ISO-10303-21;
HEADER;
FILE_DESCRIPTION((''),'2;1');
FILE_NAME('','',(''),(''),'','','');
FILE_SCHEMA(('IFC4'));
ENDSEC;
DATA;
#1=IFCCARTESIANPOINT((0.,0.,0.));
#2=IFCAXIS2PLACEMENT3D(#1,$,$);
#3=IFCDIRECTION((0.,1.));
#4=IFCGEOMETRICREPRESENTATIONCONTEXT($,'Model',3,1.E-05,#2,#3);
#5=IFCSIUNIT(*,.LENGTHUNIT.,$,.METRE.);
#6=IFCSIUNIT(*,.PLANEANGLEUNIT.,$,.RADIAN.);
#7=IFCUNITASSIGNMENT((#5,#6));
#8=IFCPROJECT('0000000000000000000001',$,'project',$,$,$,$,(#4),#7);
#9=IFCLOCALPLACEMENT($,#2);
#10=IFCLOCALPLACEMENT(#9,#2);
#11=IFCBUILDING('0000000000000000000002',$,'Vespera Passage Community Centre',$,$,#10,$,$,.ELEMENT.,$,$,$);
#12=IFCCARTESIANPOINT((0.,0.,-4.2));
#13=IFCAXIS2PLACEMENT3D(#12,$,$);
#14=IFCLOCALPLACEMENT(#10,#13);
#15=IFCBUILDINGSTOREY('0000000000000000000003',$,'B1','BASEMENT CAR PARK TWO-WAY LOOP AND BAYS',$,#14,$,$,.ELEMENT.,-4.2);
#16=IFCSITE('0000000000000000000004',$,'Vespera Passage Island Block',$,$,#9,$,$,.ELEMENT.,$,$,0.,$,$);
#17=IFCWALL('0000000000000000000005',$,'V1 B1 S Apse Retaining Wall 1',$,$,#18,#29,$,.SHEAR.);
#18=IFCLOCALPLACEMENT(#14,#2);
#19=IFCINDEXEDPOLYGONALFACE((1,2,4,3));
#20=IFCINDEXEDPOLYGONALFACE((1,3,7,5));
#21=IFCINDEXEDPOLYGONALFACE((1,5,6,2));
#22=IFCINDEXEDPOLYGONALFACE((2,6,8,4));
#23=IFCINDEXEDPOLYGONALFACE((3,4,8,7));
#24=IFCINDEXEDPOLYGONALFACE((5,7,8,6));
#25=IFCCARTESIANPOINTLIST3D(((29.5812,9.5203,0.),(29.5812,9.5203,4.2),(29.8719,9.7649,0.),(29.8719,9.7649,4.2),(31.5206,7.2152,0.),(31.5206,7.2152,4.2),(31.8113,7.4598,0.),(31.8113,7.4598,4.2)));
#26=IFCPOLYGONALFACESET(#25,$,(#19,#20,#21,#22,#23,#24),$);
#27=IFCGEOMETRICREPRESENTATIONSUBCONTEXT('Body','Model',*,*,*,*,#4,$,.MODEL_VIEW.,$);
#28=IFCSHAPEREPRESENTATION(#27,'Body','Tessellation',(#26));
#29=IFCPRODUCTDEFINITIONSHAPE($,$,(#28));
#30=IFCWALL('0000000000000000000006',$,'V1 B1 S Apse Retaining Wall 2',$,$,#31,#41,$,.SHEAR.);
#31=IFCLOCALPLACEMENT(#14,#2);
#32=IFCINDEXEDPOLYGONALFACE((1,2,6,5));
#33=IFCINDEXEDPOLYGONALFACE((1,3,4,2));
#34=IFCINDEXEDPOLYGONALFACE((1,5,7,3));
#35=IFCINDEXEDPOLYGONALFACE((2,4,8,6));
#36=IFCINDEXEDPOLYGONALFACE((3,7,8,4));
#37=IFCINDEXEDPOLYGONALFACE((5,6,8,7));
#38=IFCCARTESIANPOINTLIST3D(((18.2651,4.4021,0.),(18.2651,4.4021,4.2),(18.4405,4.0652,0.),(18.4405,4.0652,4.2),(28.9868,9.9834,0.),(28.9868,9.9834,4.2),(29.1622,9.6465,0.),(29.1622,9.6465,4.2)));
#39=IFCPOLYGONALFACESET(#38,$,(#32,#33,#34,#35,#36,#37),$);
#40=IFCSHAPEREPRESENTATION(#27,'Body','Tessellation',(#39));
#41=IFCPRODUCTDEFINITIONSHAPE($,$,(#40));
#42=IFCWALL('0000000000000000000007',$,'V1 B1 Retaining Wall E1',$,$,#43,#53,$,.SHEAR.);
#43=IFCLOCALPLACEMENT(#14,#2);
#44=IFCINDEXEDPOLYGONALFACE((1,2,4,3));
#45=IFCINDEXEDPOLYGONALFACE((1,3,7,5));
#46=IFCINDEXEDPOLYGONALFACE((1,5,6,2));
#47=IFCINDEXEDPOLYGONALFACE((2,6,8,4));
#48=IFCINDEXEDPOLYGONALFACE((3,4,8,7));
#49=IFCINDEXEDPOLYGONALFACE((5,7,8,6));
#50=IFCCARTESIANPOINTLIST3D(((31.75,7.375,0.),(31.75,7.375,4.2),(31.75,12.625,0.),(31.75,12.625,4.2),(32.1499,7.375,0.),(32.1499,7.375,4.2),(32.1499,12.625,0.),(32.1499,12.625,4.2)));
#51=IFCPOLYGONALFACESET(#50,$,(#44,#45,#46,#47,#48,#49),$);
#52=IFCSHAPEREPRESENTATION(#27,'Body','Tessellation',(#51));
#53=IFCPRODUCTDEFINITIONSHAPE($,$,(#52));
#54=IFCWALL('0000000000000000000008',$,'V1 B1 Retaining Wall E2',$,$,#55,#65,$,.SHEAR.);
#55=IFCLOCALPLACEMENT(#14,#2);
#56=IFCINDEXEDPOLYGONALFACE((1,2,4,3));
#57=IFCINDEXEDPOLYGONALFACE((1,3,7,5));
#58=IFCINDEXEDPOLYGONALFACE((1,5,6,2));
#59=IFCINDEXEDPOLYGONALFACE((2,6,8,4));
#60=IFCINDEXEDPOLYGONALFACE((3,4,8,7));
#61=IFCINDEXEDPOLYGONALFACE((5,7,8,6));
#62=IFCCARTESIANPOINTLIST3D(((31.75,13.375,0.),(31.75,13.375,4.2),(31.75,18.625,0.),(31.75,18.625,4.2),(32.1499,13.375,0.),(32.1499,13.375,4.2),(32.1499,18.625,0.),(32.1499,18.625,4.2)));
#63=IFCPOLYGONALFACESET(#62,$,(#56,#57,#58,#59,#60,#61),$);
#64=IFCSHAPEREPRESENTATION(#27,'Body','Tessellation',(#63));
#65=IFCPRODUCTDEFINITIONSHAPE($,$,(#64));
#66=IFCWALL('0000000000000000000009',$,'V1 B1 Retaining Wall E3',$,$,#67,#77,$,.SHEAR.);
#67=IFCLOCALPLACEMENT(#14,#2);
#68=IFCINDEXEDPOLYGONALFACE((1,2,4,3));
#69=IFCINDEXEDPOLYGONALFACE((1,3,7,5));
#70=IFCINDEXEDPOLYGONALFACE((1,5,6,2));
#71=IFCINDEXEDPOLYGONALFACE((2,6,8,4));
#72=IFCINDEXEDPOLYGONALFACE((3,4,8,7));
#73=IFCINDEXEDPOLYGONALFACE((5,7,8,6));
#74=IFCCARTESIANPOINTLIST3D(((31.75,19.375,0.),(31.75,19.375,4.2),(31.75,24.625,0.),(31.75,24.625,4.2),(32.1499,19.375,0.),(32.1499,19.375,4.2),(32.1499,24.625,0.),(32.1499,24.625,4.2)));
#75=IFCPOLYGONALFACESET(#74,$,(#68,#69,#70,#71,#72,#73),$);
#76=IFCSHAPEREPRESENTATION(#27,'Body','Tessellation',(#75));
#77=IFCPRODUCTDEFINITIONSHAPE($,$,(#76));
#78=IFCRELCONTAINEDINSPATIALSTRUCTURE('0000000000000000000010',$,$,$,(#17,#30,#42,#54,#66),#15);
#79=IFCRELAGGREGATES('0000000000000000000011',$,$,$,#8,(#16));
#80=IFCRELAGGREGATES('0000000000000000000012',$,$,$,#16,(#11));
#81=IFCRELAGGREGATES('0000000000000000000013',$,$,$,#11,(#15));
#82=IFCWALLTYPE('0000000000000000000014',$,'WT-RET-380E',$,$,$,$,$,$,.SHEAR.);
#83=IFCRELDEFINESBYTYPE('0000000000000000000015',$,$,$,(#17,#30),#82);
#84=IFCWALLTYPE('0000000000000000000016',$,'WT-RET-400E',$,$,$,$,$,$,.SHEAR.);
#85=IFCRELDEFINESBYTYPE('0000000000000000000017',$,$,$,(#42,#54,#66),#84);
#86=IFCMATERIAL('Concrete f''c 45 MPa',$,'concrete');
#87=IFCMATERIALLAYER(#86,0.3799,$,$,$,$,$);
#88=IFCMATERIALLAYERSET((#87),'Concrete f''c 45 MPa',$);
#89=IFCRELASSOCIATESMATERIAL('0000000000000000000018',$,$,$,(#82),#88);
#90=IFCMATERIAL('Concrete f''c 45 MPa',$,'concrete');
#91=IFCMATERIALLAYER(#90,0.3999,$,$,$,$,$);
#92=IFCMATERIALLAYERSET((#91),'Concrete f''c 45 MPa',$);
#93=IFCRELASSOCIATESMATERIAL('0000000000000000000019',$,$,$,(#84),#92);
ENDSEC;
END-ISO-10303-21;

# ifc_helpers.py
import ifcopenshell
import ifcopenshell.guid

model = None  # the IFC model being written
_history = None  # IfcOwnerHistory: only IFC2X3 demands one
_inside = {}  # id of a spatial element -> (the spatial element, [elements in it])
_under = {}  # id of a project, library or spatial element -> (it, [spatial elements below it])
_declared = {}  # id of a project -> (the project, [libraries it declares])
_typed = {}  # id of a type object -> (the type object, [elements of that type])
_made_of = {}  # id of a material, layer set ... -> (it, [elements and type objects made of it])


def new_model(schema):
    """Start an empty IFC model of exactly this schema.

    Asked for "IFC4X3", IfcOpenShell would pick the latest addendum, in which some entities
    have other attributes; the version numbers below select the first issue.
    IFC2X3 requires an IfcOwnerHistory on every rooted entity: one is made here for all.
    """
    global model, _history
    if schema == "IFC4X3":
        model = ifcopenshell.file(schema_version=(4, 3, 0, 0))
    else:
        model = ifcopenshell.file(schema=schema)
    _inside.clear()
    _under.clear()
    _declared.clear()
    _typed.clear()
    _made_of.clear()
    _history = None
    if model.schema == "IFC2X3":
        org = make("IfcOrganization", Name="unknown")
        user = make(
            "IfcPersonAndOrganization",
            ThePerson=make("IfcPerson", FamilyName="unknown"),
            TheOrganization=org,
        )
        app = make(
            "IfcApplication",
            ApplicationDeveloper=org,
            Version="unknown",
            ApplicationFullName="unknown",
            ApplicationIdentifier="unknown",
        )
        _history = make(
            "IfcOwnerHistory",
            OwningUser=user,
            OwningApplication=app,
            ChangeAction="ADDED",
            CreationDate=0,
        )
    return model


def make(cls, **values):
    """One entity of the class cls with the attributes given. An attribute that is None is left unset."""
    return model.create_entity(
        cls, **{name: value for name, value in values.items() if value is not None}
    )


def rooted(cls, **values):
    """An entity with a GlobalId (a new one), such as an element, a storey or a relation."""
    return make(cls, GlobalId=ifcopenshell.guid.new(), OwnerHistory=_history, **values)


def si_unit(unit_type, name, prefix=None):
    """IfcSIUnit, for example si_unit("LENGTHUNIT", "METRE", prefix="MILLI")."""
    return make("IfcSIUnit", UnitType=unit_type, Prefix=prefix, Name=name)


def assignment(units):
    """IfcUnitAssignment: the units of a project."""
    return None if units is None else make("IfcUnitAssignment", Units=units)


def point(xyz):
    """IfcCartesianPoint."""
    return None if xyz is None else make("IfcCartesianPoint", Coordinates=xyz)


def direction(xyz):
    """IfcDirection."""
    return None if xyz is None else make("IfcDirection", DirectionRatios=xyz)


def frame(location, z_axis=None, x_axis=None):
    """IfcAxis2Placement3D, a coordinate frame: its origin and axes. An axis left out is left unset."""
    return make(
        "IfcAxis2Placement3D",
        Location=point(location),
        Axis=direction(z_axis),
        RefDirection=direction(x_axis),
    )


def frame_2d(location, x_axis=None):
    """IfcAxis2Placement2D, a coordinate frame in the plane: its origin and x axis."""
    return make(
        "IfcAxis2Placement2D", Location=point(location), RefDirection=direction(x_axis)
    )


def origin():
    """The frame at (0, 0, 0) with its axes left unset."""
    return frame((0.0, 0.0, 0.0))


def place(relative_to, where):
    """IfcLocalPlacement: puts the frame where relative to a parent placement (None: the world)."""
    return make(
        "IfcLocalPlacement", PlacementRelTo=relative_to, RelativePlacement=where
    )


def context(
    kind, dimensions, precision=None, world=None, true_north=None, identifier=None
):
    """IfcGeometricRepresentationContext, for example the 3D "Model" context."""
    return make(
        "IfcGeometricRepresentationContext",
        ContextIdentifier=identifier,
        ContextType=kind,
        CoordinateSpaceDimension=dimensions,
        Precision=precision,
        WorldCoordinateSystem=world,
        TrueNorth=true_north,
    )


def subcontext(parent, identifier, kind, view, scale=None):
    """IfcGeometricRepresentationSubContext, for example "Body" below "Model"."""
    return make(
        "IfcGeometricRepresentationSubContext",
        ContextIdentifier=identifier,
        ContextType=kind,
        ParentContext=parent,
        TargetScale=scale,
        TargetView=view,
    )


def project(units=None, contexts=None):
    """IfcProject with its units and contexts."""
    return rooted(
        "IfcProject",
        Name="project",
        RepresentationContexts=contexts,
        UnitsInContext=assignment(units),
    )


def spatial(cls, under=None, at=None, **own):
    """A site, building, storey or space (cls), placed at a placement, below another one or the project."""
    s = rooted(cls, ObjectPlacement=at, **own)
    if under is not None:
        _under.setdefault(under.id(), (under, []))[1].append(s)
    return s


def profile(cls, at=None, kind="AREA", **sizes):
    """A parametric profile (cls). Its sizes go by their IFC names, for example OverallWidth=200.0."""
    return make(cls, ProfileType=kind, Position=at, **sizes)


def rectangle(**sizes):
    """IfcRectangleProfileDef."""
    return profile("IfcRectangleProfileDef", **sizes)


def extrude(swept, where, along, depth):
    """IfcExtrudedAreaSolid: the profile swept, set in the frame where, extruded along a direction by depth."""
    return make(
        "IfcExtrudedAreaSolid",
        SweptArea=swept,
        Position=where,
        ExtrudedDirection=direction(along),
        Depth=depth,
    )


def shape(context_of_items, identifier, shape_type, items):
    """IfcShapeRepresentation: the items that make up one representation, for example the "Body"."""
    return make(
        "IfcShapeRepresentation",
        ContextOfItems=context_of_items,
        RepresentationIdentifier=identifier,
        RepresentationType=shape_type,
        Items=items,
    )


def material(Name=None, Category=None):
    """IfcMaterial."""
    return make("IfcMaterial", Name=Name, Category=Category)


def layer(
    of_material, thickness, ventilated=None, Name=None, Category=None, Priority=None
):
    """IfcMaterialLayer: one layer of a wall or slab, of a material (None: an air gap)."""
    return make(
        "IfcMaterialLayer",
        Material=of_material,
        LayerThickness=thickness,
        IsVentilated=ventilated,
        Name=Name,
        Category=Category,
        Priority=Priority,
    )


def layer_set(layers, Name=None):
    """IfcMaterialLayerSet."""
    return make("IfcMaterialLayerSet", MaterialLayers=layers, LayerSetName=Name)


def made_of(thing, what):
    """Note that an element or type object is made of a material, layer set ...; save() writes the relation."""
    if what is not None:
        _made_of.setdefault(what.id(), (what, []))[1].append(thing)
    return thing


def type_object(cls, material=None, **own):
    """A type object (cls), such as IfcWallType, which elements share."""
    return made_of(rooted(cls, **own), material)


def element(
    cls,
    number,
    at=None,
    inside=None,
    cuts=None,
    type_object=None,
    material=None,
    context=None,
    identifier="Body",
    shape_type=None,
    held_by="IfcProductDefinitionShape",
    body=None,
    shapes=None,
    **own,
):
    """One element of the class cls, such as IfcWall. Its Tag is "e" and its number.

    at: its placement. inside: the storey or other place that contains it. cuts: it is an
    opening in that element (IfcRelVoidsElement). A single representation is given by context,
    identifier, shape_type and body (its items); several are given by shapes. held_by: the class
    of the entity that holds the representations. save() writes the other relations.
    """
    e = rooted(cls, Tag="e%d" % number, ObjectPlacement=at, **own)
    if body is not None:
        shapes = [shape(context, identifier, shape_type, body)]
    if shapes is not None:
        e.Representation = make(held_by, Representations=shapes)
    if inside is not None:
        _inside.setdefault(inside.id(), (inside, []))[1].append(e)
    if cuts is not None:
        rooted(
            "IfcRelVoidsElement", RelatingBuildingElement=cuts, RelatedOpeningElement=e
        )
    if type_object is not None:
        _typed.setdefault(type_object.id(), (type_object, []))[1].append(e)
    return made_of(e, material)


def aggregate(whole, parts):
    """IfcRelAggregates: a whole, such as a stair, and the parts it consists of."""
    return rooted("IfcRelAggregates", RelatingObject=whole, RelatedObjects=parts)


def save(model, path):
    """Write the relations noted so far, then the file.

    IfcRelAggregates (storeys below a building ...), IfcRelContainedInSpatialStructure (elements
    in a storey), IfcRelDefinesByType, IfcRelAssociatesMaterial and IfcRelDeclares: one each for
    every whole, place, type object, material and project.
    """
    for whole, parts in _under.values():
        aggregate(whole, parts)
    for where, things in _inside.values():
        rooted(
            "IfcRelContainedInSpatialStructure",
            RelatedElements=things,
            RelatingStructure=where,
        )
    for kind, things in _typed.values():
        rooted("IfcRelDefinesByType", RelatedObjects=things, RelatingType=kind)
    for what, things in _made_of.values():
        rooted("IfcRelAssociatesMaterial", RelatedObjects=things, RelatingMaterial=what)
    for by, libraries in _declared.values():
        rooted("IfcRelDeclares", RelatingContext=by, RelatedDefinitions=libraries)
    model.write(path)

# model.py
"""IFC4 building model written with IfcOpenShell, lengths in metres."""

from ifc_helpers import new_model, si_unit, direction, frame, frame_2d, origin, place, context, subcontext, project, spatial, rectangle, extrude, material, layer, layer_set, type_object, element, save


model = new_model("IFC4")

# Units and contexts
model_context = context("Model", 3, precision=1e-05, world=origin(), true_north=direction((0.0, 1.0)))
body_context = subcontext(model_context, "Body", "Model", "MODEL_VIEW")
ifc_project = project(units=[si_unit("LENGTHUNIT", "METRE"), si_unit("PLANEANGLEUNIT", "RADIAN")], contexts=[model_context])

# Site, building, storey
site_placement = place(None, origin())
site = spatial("IfcSite", under=ifc_project, at=site_placement, Name="Vespera Passage Island Block", CompositionType="ELEMENT", RefElevation=0.0)
building_placement = place(site_placement, origin())
building = spatial("IfcBuilding", under=site, at=building_placement, Name="Vespera Passage Community Centre", CompositionType="ELEMENT")
storey_placement = place(building_placement, frame((0.0, 0.0, -4.2)))
storey = spatial("IfcBuildingStorey", under=building, at=storey_placement, Name="B1", Description="BASEMENT CAR PARK TWO-WAY LOOP AND BAYS", CompositionType="ELEMENT", Elevation=-4.2)

# Walls
ifc_material_1 = material(Name="Concrete f'c 45 MPa", Category="concrete")
ifc_layer_1 = layer(ifc_material_1, 0.3799)
ifc_layer_set_1 = layer_set([ifc_layer_1], Name="Concrete f'c 45 MPa")
wall_type_1 = type_object("IfcWallType", Name="WT-RET-380E", PredefinedType="SHEAR", material=ifc_layer_set_1)
wall_1_placement = place(storey_placement, frame((31.666, 7.3374, 0.0), z_axis=(0.0, 0.0, 1.0), x_axis=(-0.643796, 0.765197, 0.0)))
element("IfcWall", 1, at=wall_1_placement, inside=storey, type_object=wall_type_1, Name="V1 B1 S Apse Retaining Wall 1", PredefinedType="SHEAR", context=body_context, shape_type="SweptSolid", body=[
    extrude(rectangle(XDim=3.0125, YDim=0.3799, at=frame_2d((1.5063, 0.0))), origin(), (0.0, 0.0, 1.0), 4.2),
])
wall_2_placement = place(storey_placement, frame((29.0745, 9.8149, 0.0), z_axis=(0.0, 0.0, 1.0), x_axis=(-0.887013, -0.461745, 0.0)))
element("IfcWall", 2, at=wall_2_placement, inside=storey, type_object=wall_type_1, Name="V1 B1 S Apse Retaining Wall 2", PredefinedType="SHEAR", context=body_context, shape_type="SweptSolid", body=[
    extrude(rectangle(XDim=12.0874, YDim=0.3799, at=frame_2d((6.0437, 0.0))), origin(), (0.0, 0.0, 1.0), 4.2),
])
ifc_material_2 = material(Name="Concrete f'c 45 MPa", Category="concrete")
ifc_layer_2 = layer(ifc_material_2, 0.3999)
ifc_layer_set_2 = layer_set([ifc_layer_2], Name="Concrete f'c 45 MPa")
wall_type_2 = type_object("IfcWallType", Name="WT-RET-400E", PredefinedType="SHEAR", material=ifc_layer_set_2)
for number, where, z_axis, x_axis, name in (
    (3, (31.95, 12.625, 0.0), (0.0, 0.0, 1.0), (0.0, -1.0, 0.0), "V1 B1 Retaining Wall E1"),
    (4, (31.95, 18.625, 0.0), (0.0, 0.0, 1.0), (0.0, -1.0, 0.0), "V1 B1 Retaining Wall E2"),
    (5, (31.95, 24.625, 0.0), (0.0, 0.0, 1.0), (0.0, -1.0, 0.0), "V1 B1 Retaining Wall E3"),
):
    element("IfcWall", number, at=place(storey_placement, frame(where, z_axis=z_axis, x_axis=x_axis)), inside=storey, type_object=wall_type_2, Name=name, PredefinedType="SHEAR", context=body_context, shape_type="SweptSolid", body=[
        extrude(rectangle(XDim=5.25, YDim=0.3999, at=frame_2d((2.625, 0.0))), origin(), (0.0, 0.0, 1.0), 4.2),
    ])

save(model, "model.ifc")
